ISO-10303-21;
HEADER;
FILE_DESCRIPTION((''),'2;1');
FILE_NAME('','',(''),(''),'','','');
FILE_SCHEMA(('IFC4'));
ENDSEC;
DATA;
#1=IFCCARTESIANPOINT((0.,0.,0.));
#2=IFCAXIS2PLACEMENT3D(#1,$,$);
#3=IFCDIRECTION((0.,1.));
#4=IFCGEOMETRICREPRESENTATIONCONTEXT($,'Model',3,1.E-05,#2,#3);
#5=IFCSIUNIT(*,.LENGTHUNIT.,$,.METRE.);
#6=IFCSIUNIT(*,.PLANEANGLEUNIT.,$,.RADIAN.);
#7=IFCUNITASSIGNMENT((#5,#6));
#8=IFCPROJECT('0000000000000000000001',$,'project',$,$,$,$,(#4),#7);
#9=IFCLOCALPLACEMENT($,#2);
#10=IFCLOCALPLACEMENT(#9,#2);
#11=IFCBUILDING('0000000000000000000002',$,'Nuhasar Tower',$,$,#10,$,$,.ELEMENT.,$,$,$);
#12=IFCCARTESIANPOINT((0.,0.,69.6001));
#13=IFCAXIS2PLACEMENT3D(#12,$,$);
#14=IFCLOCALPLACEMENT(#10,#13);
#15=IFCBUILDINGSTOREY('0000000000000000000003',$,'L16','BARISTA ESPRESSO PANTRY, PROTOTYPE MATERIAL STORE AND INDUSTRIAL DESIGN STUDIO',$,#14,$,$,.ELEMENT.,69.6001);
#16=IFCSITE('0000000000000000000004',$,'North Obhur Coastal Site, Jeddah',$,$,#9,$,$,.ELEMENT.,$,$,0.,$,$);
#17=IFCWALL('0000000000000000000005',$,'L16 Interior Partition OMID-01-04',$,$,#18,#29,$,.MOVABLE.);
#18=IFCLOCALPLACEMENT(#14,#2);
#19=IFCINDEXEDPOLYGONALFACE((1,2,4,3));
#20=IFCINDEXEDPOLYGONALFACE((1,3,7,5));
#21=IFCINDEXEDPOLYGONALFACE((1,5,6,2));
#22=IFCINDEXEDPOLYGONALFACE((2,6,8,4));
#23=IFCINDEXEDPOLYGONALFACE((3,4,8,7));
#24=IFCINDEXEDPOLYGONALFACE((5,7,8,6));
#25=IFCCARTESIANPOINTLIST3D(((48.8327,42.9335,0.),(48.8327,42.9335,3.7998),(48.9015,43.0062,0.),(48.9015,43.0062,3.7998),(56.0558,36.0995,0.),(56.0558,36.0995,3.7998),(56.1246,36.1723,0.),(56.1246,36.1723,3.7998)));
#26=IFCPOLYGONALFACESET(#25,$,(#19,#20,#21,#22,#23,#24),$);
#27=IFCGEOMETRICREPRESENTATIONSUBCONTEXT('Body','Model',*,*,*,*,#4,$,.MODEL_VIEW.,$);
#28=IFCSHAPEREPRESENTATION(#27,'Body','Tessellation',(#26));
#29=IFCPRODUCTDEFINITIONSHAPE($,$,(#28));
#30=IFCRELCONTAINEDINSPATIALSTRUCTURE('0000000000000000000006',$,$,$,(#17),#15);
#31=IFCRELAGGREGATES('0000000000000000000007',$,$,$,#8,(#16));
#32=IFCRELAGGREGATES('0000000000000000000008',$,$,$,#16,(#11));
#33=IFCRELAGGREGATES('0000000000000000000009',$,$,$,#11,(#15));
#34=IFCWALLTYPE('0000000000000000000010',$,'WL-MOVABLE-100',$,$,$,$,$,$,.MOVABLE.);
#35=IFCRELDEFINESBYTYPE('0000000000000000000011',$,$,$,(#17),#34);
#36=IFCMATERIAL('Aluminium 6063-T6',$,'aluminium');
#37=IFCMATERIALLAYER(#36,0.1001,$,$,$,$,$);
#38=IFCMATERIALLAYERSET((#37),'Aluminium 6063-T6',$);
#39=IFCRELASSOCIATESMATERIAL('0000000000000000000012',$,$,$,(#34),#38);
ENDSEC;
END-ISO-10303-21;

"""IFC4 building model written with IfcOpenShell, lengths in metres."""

from ifc_helpers import new_model, si_unit, direction, frame, frame_2d, origin, place, context, subcontext, project, spatial, rectangle, extrude, material, layer, layer_set, type_object, element, save


model = new_model("IFC4")

# Units and contexts
model_context = context("Model", 3, precision=1e-05, world=origin(), true_north=direction((0.0, 1.0)))
body_context = subcontext(model_context, "Body", "Model", "MODEL_VIEW")
ifc_project = project(units=[si_unit("LENGTHUNIT", "METRE"), si_unit("PLANEANGLEUNIT", "RADIAN")], contexts=[model_context])

# Site, building, storey
site_placement = place(None, origin())
site = spatial("IfcSite", under=ifc_project, at=site_placement, Name="North Obhur Coastal Site, Jeddah", CompositionType="ELEMENT", RefElevation=0.0)
building_placement = place(site_placement, origin())
building = spatial("IfcBuilding", under=site, at=building_placement, Name="Nuhasar Tower", CompositionType="ELEMENT")
storey_placement = place(building_placement, frame((0.0, 0.0, 69.6001)))
storey = spatial("IfcBuildingStorey", under=building, at=storey_placement, Name="L16", Description="BARISTA ESPRESSO PANTRY, PROTOTYPE MATERIAL STORE AND INDUSTRIAL DESIGN STUDIO", CompositionType="ELEMENT", Elevation=69.6001)

# Shared definitions
ifc_material_1 = material(Name="Aluminium 6063-T6", Category="aluminium")

# Shared definitions
ifc_layer_1 = layer(ifc_material_1, 0.1001)
ifc_layer_set_1 = layer_set([ifc_layer_1], Name="Aluminium 6063-T6")
wall_type = type_object("IfcWallType", Name="WL-MOVABLE-100", PredefinedType="MOVABLE", material=ifc_layer_set_1)

# Wall
wall_1_placement = place(storey_placement, frame((56.0901, 36.136, 0.0), z_axis=(0.0, 0.0, 1.0), x_axis=(-0.726404, 0.687268, 0.0)))
element("IfcWall", 1, at=wall_1_placement, inside=storey, type_object=wall_type, Name="L16 Interior Partition OMID-01-04", PredefinedType="MOVABLE", context=body_context, shape_type="SweptSolid", body=[
    extrude(rectangle(XDim=9.9436, YDim=0.1001, at=frame_2d((4.9717, 0.0))), origin(), (0.0, 0.0, 1.0), 3.7998),
])

save(model, "model.ifc")
